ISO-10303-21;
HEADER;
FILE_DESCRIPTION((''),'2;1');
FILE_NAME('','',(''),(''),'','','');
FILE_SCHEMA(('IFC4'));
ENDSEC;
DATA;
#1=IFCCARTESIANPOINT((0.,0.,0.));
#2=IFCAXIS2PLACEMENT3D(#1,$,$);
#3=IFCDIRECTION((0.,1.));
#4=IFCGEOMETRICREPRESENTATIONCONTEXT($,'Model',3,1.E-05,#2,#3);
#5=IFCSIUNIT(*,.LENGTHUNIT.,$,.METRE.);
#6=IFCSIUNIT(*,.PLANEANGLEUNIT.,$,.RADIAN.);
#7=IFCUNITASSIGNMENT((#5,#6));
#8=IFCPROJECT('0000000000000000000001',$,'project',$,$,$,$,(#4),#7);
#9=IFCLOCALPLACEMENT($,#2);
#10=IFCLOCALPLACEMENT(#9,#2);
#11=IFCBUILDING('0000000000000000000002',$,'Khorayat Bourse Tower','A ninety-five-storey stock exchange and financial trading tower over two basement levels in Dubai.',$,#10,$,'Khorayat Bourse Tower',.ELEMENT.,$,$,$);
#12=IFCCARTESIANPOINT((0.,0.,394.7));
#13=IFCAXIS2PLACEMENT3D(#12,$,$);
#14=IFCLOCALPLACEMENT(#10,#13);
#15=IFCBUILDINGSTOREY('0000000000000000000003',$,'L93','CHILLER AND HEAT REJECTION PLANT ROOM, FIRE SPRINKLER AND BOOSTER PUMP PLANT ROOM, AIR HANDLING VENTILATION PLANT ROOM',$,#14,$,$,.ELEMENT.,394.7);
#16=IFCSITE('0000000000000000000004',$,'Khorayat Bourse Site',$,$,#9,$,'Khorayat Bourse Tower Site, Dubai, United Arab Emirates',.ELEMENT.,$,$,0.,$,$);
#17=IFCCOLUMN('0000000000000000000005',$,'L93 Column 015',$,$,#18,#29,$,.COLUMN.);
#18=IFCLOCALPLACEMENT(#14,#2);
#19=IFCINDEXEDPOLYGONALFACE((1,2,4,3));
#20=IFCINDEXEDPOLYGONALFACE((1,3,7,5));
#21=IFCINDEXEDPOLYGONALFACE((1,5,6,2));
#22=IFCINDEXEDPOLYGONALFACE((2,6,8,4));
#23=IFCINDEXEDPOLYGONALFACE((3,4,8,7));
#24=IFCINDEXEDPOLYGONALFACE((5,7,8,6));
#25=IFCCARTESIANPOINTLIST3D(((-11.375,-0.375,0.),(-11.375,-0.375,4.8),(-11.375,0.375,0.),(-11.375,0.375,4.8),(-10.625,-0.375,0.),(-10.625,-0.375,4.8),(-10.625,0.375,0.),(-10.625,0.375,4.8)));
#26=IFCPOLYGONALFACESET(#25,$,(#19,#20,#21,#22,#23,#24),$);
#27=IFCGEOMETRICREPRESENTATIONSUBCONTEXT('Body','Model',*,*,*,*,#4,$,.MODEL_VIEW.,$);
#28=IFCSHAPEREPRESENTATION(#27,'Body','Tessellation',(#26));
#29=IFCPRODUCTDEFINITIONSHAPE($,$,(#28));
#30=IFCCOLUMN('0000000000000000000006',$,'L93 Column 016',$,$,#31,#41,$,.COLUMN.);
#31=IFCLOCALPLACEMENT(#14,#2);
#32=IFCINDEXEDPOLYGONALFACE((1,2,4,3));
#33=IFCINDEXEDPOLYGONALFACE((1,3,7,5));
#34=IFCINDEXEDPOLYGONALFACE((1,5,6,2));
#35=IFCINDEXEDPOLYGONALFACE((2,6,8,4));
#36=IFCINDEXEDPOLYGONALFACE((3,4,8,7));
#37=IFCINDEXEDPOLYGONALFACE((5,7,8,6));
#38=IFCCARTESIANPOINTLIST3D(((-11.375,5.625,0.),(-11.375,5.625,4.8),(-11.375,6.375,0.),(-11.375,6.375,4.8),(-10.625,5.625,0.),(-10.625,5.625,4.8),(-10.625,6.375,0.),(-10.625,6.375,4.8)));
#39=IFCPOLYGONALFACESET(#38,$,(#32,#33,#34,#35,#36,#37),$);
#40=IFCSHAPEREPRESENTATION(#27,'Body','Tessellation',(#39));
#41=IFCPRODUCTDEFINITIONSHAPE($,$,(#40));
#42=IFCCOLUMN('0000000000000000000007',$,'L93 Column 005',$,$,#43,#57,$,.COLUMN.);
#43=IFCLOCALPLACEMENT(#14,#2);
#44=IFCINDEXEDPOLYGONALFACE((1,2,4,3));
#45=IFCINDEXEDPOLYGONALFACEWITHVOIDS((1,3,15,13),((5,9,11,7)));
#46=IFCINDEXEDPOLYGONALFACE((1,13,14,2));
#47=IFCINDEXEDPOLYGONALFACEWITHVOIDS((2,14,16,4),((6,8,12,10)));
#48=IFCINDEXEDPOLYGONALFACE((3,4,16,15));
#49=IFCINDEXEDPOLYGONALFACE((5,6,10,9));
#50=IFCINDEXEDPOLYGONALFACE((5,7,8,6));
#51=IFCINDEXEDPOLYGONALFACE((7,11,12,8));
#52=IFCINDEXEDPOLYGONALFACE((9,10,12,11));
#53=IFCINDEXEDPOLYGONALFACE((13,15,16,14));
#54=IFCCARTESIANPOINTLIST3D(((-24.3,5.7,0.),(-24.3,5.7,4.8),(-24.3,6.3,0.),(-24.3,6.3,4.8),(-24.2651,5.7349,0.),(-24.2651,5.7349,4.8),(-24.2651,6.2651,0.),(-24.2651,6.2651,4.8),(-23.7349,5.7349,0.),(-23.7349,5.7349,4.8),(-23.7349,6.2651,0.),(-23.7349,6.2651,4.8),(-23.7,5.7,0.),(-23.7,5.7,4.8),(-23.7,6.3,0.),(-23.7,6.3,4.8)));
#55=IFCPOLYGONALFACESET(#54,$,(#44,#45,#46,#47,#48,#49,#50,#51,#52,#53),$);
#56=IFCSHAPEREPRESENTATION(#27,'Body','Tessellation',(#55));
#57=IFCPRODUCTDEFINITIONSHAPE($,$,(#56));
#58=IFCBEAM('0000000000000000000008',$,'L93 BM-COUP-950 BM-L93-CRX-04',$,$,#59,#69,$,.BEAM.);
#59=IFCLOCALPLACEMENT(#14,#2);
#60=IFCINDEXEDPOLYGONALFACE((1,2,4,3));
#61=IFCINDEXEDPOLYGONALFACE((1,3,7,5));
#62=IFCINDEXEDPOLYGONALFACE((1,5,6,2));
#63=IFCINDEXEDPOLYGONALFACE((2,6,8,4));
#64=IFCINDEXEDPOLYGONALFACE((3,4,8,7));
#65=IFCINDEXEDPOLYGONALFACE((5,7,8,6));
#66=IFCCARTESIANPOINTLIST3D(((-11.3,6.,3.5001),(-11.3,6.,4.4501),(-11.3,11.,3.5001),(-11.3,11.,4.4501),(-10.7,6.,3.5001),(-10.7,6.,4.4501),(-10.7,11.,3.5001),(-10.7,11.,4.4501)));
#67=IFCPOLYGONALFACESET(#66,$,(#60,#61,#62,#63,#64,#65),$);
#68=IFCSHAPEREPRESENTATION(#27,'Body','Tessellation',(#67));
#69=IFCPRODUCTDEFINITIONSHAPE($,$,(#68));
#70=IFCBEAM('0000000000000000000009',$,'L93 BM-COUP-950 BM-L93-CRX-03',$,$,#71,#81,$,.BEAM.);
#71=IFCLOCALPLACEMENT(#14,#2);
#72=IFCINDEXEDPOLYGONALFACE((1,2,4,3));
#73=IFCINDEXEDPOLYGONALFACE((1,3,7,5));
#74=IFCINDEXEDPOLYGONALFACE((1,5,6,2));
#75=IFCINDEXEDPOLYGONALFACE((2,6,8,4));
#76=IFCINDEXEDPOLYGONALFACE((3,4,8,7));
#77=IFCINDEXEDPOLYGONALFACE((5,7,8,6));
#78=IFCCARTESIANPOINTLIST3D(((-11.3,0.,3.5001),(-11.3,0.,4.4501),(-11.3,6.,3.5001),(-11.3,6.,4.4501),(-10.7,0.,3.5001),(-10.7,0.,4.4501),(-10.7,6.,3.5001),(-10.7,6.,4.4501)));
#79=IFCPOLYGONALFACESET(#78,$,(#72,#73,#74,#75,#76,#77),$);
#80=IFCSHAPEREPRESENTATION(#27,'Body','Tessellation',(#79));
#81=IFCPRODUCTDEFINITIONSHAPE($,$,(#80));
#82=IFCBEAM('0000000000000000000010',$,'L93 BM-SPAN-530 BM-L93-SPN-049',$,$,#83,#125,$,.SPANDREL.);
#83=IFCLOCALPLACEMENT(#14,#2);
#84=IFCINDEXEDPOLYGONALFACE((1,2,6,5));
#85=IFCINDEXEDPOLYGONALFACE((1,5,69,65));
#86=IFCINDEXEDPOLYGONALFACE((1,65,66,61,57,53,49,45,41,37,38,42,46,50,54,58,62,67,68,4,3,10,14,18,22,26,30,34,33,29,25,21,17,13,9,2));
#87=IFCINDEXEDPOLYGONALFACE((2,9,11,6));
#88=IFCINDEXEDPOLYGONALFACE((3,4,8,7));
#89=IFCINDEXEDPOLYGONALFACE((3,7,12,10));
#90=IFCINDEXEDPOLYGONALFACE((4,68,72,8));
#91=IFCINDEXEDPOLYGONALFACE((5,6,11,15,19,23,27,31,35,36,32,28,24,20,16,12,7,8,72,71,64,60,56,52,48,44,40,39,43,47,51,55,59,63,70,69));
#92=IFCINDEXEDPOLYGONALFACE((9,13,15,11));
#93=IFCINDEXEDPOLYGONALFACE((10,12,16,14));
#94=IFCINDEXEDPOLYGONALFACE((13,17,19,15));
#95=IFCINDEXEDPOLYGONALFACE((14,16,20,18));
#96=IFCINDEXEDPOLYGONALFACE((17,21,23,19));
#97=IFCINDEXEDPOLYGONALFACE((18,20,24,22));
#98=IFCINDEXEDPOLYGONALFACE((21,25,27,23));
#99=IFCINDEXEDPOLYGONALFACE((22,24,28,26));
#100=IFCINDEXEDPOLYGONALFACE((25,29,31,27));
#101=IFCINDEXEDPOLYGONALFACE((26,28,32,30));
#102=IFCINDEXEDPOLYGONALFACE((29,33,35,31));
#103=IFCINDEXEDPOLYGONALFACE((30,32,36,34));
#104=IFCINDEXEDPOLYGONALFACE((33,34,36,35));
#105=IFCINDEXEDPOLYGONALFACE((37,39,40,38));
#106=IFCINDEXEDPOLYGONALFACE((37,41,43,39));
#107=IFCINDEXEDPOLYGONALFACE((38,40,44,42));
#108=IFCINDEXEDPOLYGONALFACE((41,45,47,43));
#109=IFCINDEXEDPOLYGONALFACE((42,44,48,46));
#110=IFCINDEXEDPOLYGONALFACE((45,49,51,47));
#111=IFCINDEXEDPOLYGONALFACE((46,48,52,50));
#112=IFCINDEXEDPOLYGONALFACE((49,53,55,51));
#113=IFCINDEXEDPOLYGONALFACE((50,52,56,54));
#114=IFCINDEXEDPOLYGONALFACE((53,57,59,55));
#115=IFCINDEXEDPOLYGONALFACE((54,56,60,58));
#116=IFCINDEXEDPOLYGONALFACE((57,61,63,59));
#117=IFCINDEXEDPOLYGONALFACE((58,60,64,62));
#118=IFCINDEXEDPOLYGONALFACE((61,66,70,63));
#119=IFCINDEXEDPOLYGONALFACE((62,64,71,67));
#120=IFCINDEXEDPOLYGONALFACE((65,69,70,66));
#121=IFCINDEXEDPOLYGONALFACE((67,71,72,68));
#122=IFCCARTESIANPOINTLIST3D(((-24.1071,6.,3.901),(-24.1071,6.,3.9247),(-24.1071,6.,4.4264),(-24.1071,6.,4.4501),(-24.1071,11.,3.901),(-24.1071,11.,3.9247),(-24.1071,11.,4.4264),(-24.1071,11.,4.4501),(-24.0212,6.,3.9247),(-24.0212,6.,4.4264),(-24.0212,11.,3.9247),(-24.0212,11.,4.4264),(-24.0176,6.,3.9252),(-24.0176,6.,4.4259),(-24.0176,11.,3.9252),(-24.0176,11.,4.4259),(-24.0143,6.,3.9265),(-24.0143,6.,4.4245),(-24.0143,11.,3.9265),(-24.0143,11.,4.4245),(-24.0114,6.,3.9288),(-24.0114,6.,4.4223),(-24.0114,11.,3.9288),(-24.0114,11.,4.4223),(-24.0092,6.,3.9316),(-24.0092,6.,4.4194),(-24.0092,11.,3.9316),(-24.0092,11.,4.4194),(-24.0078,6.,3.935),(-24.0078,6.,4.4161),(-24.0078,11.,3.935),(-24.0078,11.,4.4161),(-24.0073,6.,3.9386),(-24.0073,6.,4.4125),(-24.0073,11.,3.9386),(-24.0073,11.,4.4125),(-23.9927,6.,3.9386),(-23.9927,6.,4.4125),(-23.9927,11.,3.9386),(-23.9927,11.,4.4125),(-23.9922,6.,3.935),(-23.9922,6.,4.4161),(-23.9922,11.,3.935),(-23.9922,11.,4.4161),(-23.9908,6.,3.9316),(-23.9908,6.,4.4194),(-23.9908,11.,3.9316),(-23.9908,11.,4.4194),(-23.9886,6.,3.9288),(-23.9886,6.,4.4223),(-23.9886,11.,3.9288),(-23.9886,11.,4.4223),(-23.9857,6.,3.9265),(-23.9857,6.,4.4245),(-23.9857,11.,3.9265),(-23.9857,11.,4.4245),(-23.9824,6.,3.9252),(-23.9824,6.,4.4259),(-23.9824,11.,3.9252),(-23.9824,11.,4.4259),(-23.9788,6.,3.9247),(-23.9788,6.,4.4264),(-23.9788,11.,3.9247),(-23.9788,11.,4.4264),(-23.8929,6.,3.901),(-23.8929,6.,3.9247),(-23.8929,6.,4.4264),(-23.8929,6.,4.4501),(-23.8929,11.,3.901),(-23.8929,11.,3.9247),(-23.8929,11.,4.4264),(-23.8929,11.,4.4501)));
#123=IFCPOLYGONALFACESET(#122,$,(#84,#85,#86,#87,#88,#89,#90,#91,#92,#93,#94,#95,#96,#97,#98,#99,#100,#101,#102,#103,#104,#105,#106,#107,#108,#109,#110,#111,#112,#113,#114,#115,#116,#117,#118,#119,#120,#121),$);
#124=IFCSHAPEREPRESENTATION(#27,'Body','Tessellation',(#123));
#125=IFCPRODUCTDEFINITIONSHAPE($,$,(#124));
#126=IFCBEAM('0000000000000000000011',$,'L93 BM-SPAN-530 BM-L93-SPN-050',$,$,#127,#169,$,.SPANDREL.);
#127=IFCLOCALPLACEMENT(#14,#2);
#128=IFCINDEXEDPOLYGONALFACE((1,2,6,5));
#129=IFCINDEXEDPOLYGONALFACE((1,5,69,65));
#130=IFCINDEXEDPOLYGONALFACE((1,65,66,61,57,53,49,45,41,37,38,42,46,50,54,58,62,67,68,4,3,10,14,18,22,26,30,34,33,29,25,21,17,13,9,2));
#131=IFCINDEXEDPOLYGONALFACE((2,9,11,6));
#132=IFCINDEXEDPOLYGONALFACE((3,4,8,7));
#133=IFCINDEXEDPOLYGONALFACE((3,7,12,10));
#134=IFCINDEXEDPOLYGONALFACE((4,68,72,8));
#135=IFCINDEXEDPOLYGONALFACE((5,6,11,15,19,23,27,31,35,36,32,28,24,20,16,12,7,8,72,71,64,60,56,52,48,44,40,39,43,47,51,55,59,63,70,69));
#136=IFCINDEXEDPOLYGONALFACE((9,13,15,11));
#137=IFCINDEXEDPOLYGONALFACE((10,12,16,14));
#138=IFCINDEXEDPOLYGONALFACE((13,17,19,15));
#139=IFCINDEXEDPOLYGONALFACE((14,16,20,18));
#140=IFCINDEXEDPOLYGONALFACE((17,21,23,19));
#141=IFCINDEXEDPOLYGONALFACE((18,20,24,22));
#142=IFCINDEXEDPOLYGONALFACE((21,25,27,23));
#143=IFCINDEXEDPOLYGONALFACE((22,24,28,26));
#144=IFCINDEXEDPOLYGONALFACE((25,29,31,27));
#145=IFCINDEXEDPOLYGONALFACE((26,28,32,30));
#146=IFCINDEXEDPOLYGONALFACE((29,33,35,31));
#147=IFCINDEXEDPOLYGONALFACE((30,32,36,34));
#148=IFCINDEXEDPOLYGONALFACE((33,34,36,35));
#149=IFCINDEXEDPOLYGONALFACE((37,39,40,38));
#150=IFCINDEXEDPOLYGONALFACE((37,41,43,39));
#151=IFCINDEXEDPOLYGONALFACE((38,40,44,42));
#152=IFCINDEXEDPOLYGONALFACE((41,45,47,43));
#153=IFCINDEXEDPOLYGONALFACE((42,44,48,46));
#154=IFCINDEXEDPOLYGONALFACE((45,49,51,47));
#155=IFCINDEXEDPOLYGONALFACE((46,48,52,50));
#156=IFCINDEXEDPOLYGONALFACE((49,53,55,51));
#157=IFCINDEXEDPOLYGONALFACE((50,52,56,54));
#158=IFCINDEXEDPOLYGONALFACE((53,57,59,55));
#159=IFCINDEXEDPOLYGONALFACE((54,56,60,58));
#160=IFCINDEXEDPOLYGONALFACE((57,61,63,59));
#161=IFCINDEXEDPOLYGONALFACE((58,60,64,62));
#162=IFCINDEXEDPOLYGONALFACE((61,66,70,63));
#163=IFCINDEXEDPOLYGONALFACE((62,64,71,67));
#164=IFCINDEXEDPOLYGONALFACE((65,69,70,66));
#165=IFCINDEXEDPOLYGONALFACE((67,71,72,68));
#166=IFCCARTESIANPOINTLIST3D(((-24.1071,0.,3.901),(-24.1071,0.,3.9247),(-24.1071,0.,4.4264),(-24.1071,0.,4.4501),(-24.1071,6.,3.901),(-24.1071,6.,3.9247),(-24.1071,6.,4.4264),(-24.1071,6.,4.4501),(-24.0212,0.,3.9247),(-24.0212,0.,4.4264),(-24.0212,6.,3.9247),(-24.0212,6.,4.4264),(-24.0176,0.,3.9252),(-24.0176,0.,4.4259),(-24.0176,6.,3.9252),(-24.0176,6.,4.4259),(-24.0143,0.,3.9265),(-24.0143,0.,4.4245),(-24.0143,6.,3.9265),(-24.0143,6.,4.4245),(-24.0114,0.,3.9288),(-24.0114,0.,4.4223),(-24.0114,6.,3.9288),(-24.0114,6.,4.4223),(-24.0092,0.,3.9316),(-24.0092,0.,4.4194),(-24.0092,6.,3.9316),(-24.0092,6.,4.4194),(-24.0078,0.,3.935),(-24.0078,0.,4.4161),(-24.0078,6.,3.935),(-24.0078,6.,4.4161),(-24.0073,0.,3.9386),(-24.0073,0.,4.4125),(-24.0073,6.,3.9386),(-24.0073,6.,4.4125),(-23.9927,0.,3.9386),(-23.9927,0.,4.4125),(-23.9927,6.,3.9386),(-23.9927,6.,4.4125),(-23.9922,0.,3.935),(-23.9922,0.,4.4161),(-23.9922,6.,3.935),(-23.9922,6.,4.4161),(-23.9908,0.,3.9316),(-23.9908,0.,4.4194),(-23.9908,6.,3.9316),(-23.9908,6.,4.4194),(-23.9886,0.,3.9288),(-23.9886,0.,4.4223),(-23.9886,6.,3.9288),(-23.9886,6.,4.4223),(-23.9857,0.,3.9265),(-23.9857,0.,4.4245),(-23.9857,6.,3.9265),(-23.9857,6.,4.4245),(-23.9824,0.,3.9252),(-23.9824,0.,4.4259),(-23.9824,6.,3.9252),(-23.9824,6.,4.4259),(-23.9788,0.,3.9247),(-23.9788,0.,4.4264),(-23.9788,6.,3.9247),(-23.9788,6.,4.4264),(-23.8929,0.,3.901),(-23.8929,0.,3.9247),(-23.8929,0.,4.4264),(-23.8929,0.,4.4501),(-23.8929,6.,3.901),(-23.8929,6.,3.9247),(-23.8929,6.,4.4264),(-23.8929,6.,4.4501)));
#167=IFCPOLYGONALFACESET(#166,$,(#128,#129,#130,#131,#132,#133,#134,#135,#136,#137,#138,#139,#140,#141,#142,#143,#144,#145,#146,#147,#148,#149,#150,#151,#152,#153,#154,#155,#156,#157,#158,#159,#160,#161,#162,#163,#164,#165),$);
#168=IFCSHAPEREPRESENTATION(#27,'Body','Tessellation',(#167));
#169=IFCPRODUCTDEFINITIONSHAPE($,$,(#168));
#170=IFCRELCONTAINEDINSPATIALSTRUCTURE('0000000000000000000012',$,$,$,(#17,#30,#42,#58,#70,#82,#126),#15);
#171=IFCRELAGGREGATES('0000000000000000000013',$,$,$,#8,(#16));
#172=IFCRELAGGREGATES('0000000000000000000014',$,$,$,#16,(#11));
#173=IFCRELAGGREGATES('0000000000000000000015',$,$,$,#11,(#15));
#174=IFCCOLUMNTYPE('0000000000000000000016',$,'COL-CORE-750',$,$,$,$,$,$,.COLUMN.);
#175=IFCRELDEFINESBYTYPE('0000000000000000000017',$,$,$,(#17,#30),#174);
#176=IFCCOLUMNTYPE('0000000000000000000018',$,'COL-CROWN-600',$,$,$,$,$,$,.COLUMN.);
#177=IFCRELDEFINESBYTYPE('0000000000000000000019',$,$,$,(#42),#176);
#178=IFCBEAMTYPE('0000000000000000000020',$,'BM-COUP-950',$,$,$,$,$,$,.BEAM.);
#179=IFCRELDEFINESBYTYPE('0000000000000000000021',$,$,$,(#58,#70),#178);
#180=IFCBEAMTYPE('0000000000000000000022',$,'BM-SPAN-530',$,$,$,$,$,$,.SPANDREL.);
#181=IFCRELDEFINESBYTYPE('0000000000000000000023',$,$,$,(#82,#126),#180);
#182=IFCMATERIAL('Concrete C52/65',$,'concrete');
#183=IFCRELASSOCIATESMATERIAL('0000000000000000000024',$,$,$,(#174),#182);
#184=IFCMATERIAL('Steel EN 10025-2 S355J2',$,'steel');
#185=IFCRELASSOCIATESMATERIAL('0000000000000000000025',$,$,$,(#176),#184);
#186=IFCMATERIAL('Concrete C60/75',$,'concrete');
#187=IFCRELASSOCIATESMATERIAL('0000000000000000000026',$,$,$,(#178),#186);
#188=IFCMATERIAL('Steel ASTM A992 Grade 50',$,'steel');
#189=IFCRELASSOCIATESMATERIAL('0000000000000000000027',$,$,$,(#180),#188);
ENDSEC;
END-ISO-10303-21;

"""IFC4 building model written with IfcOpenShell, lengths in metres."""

from ifc_helpers import new_model, si_unit, direction, frame, origin, origin_2d, place, context, subcontext, project, spatial, rectangle, hollow_rectangle, i_section, extrude, source, transform, mapped, material, material_profile, profile_set, type_object, element, save


model = new_model("IFC4")

# Units and contexts
model_context = context("Model", 3, precision=1e-05, world=origin(), true_north=direction((0.0, 1.0)))
body_context = subcontext(model_context, "Body", "Model", "MODEL_VIEW")
ifc_project = project(units=[si_unit("LENGTHUNIT", "METRE"), si_unit("PLANEANGLEUNIT", "RADIAN")], contexts=[model_context])

# Site, building, storey
site_placement = place(None, origin())
site = spatial("IfcSite", under=ifc_project, at=site_placement, Name="Khorayat Bourse Site", LongName="Khorayat Bourse Tower Site, Dubai, United Arab Emirates", CompositionType="ELEMENT", RefElevation=0.0)
building_placement = place(site_placement, origin())
building = spatial("IfcBuilding", under=site, at=building_placement, Name="Khorayat Bourse Tower", Description="A ninety-five-storey stock exchange and financial trading tower over two basement levels in Dubai.", LongName="Khorayat Bourse Tower", CompositionType="ELEMENT")
storey_placement = place(building_placement, frame((0.0, 0.0, 394.7)))
storey = spatial("IfcBuildingStorey", under=building, at=storey_placement, Name="L93", Description="CHILLER AND HEAT REJECTION PLANT ROOM, FIRE SPRINKLER AND BOOSTER PUMP PLANT ROOM, AIR HANDLING VENTILATION PLANT ROOM", CompositionType="ELEMENT", Elevation=394.7)

# Columns
ifc_material_1 = material(Name="Concrete C52/65", Category="concrete")
ifc_material_profile_1 = material_profile(ifc_material_1, rectangle(XDim=0.75, YDim=0.75, at=origin_2d()), Name="RC 750x750")
ifc_profile_set_1 = profile_set([ifc_material_profile_1], Name="Concrete C52/65")
column_type_1 = type_object("IfcColumnType", Name="COL-CORE-750", PredefinedType="COLUMN", material=ifc_profile_set_1)
shared_shape_1 = source(origin(), body_context, "Body", "SweptSolid", [
    extrude(rectangle(XDim=0.75, YDim=0.75, at=origin_2d()), origin(), (0.0, 0.0, 1.0), 4.8),
])
for number, where, z_axis, x_axis, name in (
    (1, (-11.0, 0.0, 0.0), (0.0, 0.0, 1.0), (1.0, 0.0, 0.0), "L93 Column 015"),
    (2, (-11.0, 6.0, 0.0), (0.0, 0.0, 1.0), (1.0, 0.0, 0.0), "L93 Column 016"),
):
    element("IfcColumn", number, at=place(storey_placement, frame(where, z_axis=z_axis, x_axis=x_axis)), inside=storey, type_object=column_type_1, Name=name, PredefinedType="COLUMN", context=body_context, shape_type="MappedRepresentation", body=[
        mapped(shared_shape_1, transform((0.0, 0.0, 0.0), scale=1.0)),
    ])
ifc_material_2 = material(Name="Steel EN 10025-2 S355J2", Category="steel")
ifc_material_profile_2 = material_profile(ifc_material_2, hollow_rectangle(XDim=0.6001, YDim=0.6001, WallThickness=0.0349, at=origin_2d()), Name="BOX 600x600x35")
ifc_profile_set_2 = profile_set([ifc_material_profile_2], Name="Steel EN 10025-2 S355J2")
column_type_2 = type_object("IfcColumnType", Name="COL-CROWN-600", PredefinedType="COLUMN", material=ifc_profile_set_2)
shared_shape_2 = source(origin(), body_context, "Body", "SweptSolid", [
    extrude(hollow_rectangle(XDim=0.6001, YDim=0.6001, WallThickness=0.0349, at=origin_2d()), origin(), (0.0, 0.0, 1.0), 4.8),
])
column_placement = place(storey_placement, frame((-24.0, 6.0, 0.0), z_axis=(0.0, 0.0, 1.0), x_axis=(1.0, 0.0, 0.0)))
element("IfcColumn", 3, at=column_placement, inside=storey, type_object=column_type_2, Name="L93 Column 005", PredefinedType="COLUMN", context=body_context, shape_type="MappedRepresentation", body=[
    mapped(shared_shape_2, transform((0.0, 0.0, 0.0), scale=1.0)),
])

# Beams
ifc_material_3 = material(Name="Concrete C60/75", Category="concrete")
ifc_material_profile_3 = material_profile(ifc_material_3, rectangle(XDim=0.6001, YDim=0.95, at=origin_2d()), Name="RC 600x950")
ifc_profile_set_3 = profile_set([ifc_material_profile_3], Name="Concrete C60/75")
beam_type_1 = type_object("IfcBeamType", Name="BM-COUP-950", PredefinedType="BEAM", material=ifc_profile_set_3)
shared_shape_3 = source(origin(), body_context, "Body", "SweptSolid", [
    extrude(rectangle(XDim=0.6001, YDim=0.95, at=origin_2d()), origin(), (0.0, 0.0, 1.0), 5.0),
])
beam_1_placement = place(storey_placement, frame((-11.0, 6.0, 3.9751), z_axis=(0.0, 1.0, 0.0), x_axis=(-1.0, 0.0, 0.0)))
element("IfcBeam", 4, at=beam_1_placement, inside=storey, type_object=beam_type_1, Name="L93 BM-COUP-950 BM-L93-CRX-04", PredefinedType="BEAM", context=body_context, shape_type="MappedRepresentation", body=[
    mapped(shared_shape_3, transform((0.0, 0.0, 0.0), scale=1.0)),
])
shared_shape_4 = source(origin(), body_context, "Body", "SweptSolid", [
    extrude(rectangle(XDim=0.6001, YDim=0.95, at=origin_2d()), origin(), (0.0, 0.0, 1.0), 6.0),
])
beam_2_placement = place(storey_placement, frame((-11.0, 0.0, 3.9751), z_axis=(0.0, 1.0, 0.0), x_axis=(-1.0, 0.0, 0.0)))
element("IfcBeam", 5, at=beam_2_placement, inside=storey, type_object=beam_type_1, Name="L93 BM-COUP-950 BM-L93-CRX-03", PredefinedType="BEAM", context=body_context, shape_type="MappedRepresentation", body=[
    mapped(shared_shape_4, transform((0.0, 0.0, 0.0), scale=1.0)),
])
ifc_material_4 = material(Name="Steel ASTM A992 Grade 50", Category="steel")
ifc_material_profile_4 = material_profile(ifc_material_4, i_section(OverallWidth=0.2141, OverallDepth=0.5491, WebThickness=0.0146, FlangeThickness=0.0237, FilletRadius=0.0139, at=origin_2d()), Name="W530X138")
ifc_profile_set_4 = profile_set([ifc_material_profile_4], Name="Steel ASTM A992 Grade 50")
beam_type_2 = type_object("IfcBeamType", Name="BM-SPAN-530", PredefinedType="SPANDREL", material=ifc_profile_set_4)
shared_shape_5 = source(origin(), body_context, "Body", "SweptSolid", [
    extrude(i_section(OverallWidth=0.2141, OverallDepth=0.5491, WebThickness=0.0146, FlangeThickness=0.0237, FilletRadius=0.0139, at=origin_2d()), origin(), (0.0, 0.0, 1.0), 5.0),
])
beam_3_placement = place(storey_placement, frame((-24.0, 6.0, 4.1755), z_axis=(0.0, 1.0, 0.0), x_axis=(-1.0, 0.0, 0.0)))
element("IfcBeam", 6, at=beam_3_placement, inside=storey, type_object=beam_type_2, Name="L93 BM-SPAN-530 BM-L93-SPN-049", PredefinedType="SPANDREL", context=body_context, shape_type="MappedRepresentation", body=[
    mapped(shared_shape_5, transform((0.0, 0.0, 0.0), scale=1.0)),
])
shared_shape_6 = source(origin(), body_context, "Body", "SweptSolid", [
    extrude(i_section(OverallWidth=0.2141, OverallDepth=0.5491, WebThickness=0.0146, FlangeThickness=0.0237, FilletRadius=0.0139, at=origin_2d()), origin(), (0.0, 0.0, 1.0), 6.0),
])
beam_4_placement = place(storey_placement, frame((-24.0, 0.0, 4.1755), z_axis=(0.0, 1.0, 0.0), x_axis=(-1.0, 0.0, 0.0)))
element("IfcBeam", 7, at=beam_4_placement, inside=storey, type_object=beam_type_2, Name="L93 BM-SPAN-530 BM-L93-SPN-050", PredefinedType="SPANDREL", context=body_context, shape_type="MappedRepresentation", body=[
    mapped(shared_shape_6, transform((0.0, 0.0, 0.0), scale=1.0)),
])

save(model, "model.ifc")
